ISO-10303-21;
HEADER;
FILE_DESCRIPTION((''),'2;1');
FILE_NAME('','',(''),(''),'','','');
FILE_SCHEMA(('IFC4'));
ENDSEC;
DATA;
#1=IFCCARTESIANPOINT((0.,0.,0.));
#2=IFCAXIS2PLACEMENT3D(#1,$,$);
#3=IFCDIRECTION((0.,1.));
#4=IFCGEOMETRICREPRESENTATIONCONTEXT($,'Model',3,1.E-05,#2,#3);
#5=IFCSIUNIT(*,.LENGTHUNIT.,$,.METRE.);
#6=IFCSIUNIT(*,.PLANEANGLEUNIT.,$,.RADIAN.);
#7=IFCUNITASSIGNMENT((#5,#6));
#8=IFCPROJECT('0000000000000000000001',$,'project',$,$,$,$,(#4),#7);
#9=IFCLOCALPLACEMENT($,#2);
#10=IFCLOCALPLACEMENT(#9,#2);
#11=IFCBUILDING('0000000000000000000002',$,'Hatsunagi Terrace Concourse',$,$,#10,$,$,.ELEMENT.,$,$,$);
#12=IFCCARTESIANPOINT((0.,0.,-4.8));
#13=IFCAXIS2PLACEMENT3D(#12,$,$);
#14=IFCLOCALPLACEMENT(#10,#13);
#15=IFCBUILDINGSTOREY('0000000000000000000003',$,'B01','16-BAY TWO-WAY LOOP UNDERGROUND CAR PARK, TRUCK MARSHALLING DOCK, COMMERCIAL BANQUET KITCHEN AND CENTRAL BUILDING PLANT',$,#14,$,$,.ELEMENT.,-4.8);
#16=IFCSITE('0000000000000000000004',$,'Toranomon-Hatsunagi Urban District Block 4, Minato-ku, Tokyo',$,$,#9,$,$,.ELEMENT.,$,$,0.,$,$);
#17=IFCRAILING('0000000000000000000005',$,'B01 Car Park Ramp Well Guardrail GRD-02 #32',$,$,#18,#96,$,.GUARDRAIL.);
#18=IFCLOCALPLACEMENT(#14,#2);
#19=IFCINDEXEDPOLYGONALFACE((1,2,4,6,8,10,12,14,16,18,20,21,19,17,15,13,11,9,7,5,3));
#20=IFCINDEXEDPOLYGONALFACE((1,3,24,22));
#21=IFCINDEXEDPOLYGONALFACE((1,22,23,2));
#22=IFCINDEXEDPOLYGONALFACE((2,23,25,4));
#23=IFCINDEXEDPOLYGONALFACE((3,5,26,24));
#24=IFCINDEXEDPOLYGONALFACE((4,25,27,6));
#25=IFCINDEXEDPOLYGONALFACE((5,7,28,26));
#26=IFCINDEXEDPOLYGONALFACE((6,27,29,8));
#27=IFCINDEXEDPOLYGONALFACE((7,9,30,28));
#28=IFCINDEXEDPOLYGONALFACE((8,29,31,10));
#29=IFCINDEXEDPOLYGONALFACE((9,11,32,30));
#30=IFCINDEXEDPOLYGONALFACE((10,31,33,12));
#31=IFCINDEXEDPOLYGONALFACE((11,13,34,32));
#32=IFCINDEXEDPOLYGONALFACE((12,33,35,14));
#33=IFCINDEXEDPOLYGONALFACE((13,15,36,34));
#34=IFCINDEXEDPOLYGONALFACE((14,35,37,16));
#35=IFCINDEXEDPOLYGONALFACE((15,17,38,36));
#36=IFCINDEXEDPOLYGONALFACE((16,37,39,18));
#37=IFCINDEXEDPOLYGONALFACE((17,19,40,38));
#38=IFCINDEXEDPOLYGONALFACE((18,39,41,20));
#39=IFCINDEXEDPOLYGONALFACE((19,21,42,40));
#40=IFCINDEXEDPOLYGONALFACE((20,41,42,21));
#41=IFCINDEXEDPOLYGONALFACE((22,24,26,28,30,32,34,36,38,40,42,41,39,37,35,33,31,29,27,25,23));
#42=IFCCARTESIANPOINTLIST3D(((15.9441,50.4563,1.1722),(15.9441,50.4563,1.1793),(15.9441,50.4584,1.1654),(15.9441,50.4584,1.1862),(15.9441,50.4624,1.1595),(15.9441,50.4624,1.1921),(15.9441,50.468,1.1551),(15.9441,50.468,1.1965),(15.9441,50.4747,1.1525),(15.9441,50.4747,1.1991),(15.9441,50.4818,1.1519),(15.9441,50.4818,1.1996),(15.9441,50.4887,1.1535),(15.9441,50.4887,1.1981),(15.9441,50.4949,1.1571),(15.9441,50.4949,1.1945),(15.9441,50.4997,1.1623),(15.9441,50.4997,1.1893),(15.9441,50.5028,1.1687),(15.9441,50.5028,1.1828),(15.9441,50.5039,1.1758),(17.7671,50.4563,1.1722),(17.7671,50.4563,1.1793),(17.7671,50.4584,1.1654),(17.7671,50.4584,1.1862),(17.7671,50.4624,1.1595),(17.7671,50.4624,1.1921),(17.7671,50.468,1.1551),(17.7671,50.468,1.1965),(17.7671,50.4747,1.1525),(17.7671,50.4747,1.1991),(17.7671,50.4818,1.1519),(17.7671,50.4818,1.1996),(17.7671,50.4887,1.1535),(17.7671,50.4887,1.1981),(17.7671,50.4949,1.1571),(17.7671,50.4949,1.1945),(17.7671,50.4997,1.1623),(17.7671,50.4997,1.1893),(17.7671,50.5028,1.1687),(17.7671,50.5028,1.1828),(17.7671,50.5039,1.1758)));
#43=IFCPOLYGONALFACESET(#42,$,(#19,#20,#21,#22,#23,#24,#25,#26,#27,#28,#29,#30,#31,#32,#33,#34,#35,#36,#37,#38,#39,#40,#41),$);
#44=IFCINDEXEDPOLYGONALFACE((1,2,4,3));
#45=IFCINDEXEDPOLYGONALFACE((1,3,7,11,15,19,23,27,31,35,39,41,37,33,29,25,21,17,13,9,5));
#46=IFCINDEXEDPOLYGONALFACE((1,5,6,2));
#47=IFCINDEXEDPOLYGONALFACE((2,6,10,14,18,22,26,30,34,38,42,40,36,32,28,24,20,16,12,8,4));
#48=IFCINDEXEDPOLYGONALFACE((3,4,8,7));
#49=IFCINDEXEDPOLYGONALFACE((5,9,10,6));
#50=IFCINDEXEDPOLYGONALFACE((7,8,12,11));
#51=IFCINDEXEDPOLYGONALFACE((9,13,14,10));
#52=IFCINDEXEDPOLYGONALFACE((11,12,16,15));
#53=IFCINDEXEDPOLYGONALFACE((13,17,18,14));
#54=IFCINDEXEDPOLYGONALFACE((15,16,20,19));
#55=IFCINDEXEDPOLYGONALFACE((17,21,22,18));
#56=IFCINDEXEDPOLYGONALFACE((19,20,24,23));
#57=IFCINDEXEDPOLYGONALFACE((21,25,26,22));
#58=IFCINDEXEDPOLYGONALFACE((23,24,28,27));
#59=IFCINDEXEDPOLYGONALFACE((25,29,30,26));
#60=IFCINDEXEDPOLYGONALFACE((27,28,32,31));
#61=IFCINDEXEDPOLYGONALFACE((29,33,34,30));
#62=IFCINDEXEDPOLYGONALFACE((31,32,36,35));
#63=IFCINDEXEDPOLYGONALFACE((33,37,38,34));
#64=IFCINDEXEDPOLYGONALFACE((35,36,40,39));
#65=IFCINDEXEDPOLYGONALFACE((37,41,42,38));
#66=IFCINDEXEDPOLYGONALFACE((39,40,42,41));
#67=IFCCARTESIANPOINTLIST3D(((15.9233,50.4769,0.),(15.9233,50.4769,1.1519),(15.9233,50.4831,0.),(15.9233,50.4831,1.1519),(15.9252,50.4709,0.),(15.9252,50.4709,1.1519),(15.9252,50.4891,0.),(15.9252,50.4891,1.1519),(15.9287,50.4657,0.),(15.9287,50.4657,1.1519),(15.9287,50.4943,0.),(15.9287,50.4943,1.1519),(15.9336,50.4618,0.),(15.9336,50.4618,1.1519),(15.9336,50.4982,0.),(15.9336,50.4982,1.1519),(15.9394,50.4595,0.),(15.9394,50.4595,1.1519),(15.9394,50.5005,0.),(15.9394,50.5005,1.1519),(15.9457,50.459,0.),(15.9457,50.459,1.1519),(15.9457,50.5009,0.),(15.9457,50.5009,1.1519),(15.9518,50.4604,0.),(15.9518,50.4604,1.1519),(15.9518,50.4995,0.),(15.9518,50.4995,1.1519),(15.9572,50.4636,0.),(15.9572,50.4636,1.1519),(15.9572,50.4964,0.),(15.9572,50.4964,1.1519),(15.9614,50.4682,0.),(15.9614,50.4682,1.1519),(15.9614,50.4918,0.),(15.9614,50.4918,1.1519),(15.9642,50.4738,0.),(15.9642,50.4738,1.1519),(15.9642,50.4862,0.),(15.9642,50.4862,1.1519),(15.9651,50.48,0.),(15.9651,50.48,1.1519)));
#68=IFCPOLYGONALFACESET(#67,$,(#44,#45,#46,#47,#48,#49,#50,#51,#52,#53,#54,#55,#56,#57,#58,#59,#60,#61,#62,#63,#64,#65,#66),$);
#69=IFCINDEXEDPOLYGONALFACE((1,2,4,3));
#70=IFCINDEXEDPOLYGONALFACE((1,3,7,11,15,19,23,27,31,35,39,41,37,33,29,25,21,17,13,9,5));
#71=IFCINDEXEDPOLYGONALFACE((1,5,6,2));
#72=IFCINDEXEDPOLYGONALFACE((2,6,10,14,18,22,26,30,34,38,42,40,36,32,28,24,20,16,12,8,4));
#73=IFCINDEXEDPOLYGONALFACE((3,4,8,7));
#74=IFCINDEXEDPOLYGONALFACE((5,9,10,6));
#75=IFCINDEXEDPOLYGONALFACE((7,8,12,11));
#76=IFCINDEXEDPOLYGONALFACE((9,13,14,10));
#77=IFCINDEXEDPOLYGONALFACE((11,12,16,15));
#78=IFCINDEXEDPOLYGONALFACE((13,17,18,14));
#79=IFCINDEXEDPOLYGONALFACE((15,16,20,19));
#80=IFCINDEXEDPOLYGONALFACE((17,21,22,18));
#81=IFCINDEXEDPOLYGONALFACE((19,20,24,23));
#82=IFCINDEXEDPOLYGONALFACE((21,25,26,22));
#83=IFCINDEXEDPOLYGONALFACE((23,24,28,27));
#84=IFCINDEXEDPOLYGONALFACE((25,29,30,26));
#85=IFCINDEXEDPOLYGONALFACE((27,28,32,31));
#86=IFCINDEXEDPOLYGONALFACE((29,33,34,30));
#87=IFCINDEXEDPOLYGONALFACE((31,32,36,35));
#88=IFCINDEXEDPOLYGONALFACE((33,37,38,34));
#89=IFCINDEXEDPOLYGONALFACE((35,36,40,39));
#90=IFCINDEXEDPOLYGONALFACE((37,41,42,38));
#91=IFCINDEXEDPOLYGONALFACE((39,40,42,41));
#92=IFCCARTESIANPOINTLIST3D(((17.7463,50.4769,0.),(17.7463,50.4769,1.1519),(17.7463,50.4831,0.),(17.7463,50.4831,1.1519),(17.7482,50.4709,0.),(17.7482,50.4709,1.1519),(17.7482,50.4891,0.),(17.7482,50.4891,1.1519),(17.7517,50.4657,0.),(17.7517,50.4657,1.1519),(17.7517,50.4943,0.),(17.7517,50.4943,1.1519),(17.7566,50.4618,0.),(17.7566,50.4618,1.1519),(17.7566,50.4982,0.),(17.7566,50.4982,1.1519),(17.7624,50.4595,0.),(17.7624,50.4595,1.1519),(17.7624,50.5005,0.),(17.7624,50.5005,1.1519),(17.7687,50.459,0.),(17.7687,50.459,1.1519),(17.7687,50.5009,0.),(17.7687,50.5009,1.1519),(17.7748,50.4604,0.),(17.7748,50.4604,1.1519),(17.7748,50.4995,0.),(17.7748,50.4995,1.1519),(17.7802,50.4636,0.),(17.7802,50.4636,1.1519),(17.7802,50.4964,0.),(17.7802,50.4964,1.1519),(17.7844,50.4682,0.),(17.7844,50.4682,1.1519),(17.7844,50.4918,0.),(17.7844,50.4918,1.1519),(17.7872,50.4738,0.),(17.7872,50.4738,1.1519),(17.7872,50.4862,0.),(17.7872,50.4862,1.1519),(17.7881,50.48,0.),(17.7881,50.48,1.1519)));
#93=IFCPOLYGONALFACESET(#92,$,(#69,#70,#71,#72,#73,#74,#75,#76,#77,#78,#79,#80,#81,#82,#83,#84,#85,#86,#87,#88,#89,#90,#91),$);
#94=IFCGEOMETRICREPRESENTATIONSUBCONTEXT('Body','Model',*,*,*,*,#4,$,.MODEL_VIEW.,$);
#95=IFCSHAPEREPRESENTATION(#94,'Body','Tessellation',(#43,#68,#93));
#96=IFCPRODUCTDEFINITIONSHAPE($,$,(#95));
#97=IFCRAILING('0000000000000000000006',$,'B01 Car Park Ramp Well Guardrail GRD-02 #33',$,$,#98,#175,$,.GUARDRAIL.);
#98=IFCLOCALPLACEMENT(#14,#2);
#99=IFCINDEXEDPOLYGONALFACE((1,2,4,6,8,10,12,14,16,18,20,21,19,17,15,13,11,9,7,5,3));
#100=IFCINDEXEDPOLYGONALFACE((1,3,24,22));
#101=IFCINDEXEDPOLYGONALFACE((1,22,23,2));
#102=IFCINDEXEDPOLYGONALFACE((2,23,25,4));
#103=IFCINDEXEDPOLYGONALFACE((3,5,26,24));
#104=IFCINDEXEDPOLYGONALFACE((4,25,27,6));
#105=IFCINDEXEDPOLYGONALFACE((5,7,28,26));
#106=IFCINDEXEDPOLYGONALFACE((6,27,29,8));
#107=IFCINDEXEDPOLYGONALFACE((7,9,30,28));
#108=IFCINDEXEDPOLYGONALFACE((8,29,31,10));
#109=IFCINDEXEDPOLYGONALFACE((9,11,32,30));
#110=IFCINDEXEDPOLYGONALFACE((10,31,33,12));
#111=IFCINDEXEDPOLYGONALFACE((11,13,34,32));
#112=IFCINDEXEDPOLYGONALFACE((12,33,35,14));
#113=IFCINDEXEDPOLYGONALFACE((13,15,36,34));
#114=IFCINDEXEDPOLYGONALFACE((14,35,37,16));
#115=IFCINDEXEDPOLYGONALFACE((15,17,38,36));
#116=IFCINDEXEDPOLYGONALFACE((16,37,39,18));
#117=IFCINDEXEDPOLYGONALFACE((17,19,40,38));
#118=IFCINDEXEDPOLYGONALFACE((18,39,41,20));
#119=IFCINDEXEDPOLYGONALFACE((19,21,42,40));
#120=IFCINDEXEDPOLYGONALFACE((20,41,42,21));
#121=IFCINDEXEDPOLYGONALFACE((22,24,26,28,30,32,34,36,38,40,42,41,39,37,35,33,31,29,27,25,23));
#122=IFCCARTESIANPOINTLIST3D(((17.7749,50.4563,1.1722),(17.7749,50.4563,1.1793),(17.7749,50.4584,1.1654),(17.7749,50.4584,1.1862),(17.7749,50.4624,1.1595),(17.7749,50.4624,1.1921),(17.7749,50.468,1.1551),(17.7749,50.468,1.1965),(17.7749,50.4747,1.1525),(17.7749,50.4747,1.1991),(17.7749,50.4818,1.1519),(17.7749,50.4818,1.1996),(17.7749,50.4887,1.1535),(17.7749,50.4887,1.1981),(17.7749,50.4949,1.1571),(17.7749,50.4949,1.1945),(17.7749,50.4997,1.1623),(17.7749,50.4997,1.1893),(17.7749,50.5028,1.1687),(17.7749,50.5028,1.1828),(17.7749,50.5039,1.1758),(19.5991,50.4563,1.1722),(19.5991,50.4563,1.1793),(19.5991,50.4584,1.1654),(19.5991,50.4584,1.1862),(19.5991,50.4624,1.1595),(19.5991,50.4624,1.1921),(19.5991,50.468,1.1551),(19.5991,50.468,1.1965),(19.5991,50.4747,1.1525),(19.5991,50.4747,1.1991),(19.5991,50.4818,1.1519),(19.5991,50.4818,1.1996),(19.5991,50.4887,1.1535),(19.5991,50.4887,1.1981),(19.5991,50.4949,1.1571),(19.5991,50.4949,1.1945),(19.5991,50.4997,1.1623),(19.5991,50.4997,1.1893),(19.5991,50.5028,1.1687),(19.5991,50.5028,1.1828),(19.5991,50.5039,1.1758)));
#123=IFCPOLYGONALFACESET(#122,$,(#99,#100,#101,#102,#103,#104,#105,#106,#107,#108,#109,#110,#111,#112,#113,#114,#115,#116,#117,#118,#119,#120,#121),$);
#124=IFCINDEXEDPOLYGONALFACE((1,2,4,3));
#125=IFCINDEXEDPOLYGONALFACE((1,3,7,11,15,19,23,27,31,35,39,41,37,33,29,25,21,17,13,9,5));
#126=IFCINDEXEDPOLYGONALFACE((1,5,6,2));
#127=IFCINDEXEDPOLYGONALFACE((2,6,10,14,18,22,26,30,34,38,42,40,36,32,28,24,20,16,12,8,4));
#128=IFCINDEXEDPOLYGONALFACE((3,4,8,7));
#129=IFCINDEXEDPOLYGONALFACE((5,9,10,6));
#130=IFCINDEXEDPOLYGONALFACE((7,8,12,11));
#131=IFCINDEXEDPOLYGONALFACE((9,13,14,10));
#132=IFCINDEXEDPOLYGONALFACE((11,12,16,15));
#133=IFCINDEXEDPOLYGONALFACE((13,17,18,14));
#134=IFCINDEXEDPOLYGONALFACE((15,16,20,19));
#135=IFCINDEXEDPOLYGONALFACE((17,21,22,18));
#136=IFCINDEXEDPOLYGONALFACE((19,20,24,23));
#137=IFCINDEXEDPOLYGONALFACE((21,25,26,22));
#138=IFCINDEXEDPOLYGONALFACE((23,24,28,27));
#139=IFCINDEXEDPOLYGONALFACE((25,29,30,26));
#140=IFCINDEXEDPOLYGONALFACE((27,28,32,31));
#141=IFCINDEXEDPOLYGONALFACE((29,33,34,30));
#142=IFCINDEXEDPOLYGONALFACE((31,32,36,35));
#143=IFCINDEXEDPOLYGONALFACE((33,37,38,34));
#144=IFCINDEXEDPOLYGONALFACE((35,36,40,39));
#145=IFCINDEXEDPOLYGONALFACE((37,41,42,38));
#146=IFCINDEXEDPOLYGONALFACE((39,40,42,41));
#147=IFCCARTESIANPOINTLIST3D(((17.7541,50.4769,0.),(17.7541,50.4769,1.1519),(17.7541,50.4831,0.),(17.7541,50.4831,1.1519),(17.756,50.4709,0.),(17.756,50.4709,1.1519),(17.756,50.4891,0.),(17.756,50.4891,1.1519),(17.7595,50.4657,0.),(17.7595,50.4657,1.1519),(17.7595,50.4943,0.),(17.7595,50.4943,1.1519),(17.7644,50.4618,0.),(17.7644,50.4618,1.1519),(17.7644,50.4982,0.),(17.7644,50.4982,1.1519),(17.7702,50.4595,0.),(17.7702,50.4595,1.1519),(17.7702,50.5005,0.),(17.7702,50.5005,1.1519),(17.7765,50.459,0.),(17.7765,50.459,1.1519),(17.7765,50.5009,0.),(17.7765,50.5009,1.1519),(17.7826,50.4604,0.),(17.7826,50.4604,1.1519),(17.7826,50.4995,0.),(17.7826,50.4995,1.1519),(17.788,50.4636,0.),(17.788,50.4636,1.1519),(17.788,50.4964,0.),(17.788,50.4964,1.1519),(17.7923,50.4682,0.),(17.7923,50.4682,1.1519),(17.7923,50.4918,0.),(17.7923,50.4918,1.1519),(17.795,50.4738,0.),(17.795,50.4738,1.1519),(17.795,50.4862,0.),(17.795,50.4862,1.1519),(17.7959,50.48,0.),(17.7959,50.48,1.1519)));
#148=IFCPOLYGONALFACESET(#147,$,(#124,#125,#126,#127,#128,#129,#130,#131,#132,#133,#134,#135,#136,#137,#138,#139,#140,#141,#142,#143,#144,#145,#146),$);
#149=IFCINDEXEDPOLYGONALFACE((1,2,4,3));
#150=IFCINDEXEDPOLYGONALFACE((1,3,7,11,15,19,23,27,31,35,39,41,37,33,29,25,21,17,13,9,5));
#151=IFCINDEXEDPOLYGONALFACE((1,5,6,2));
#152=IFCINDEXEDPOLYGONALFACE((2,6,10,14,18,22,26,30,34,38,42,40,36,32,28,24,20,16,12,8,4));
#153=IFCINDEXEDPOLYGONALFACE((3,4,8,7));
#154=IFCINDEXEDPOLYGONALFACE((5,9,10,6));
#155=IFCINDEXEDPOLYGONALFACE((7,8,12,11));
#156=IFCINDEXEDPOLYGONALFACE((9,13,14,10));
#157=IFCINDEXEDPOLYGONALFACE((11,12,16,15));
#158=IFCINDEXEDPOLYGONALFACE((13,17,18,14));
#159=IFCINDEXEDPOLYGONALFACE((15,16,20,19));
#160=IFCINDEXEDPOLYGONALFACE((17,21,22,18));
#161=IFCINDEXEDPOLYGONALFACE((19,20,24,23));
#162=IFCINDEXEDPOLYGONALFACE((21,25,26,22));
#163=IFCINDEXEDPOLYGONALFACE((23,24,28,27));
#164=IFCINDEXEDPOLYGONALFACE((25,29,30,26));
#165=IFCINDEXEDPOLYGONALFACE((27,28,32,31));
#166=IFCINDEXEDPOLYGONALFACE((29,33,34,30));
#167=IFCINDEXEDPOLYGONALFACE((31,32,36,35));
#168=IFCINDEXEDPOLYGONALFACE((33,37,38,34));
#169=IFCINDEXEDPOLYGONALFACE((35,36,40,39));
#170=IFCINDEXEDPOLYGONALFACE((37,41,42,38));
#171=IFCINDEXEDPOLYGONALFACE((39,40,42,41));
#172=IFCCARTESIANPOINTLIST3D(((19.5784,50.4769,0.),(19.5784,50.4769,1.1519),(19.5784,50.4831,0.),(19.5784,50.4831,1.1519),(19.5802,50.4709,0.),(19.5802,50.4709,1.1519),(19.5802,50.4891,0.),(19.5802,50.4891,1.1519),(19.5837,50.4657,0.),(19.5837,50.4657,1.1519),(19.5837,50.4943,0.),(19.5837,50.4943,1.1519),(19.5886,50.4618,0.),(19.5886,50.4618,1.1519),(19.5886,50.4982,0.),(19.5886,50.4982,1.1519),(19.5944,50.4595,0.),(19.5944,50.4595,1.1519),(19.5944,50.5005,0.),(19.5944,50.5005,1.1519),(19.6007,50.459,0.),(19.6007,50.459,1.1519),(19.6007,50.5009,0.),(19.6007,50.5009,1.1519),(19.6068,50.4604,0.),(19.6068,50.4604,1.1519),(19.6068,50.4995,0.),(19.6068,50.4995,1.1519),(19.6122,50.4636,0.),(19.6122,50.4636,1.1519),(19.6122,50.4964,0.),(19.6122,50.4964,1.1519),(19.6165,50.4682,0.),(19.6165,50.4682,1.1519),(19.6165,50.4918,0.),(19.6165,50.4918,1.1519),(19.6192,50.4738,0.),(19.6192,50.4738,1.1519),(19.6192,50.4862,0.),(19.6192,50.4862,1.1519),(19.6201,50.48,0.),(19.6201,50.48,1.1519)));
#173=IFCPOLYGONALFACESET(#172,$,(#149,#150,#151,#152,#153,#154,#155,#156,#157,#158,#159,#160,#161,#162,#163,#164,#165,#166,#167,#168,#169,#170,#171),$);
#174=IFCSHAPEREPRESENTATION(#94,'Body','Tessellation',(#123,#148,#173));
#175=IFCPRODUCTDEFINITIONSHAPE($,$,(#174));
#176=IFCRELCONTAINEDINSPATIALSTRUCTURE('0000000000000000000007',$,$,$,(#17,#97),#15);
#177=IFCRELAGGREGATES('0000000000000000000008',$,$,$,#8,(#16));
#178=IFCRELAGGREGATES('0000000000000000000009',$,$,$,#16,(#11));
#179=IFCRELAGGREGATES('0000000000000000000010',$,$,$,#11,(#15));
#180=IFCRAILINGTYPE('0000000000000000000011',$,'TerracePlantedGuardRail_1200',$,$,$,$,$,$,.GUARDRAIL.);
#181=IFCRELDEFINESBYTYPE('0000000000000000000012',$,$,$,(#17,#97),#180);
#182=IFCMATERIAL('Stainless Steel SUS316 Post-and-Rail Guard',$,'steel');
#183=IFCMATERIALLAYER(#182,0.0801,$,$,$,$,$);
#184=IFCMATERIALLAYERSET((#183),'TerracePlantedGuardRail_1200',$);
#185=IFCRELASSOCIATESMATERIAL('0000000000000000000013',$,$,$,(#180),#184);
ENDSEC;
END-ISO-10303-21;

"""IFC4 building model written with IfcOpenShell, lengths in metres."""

from ifc_helpers import new_model, si_unit, direction, frame, origin, origin_2d, place, context, subcontext, project, spatial, circle, extrude, material, layer, layer_set, type_object, element, save


model = new_model("IFC4")

# Units and contexts
model_context = context("Model", 3, precision=1e-05, world=origin(), true_north=direction((0.0, 1.0)))
body_context = subcontext(model_context, "Body", "Model", "MODEL_VIEW")
ifc_project = project(units=[si_unit("LENGTHUNIT", "METRE"), si_unit("PLANEANGLEUNIT", "RADIAN")], contexts=[model_context])

# Site, building, storey
site_placement = place(None, origin())
site = spatial("IfcSite", under=ifc_project, at=site_placement, Name="Toranomon-Hatsunagi Urban District Block 4, Minato-ku, Tokyo", CompositionType="ELEMENT", RefElevation=0.0)
building_placement = place(site_placement, origin())
building = spatial("IfcBuilding", under=site, at=building_placement, Name="Hatsunagi Terrace Concourse", CompositionType="ELEMENT")
storey_placement = place(building_placement, frame((0.0, 0.0, -4.8)))
storey = spatial("IfcBuildingStorey", under=building, at=storey_placement, Name="B01", Description="16-BAY TWO-WAY LOOP UNDERGROUND CAR PARK, TRUCK MARSHALLING DOCK, COMMERCIAL BANQUET KITCHEN AND CENTRAL BUILDING PLANT", CompositionType="ELEMENT", Elevation=-4.8)

# Railings
ifc_material_1 = material(Name="Stainless Steel SUS316 Post-and-Rail Guard", Category="steel")
ifc_layer_1 = layer(ifc_material_1, 0.0801)
ifc_layer_set_1 = layer_set([ifc_layer_1], Name="TerracePlantedGuardRail_1200")
railing_type = type_object("IfcRailingType", Name="TerracePlantedGuardRail_1200", PredefinedType="GUARDRAIL", material=ifc_layer_set_1)
railing_1_placement = place(storey_placement, frame((15.9441, 50.48, 0.0)))
element("IfcRailing", 1, at=railing_1_placement, inside=storey, type_object=railing_type, Name="B01 Car Park Ramp Well Guardrail GRD-02 #32", PredefinedType="GUARDRAIL", context=body_context, shape_type="SweptSolid", body=[
    extrude(circle(Radius=0.0239, at=origin_2d()), frame((0.0, 0.0, 1.1758), z_axis=(1.0, 0.0, 0.0), x_axis=(0.0, 1.0, 0.0)), (0.0, 0.0, 1.0), 1.823),
    extrude(circle(Radius=0.021, at=origin_2d()), origin(), (0.0, 0.0, 1.0), 1.1519),
    extrude(circle(Radius=0.021, at=origin_2d()), frame((1.823, 0.0, 0.0)), (0.0, 0.0, 1.0), 1.1519),
])
railing_2_placement = place(storey_placement, frame((17.7749, 50.48, 0.0)))
element("IfcRailing", 2, at=railing_2_placement, inside=storey, type_object=railing_type, Name="B01 Car Park Ramp Well Guardrail GRD-02 #33", PredefinedType="GUARDRAIL", context=body_context, shape_type="SweptSolid", body=[
    extrude(circle(Radius=0.0239, at=origin_2d()), frame((0.0, 0.0, 1.1758), z_axis=(1.0, 0.0, 0.0), x_axis=(0.0, 1.0, 0.0)), (0.0, 0.0, 1.0), 1.8242),
    extrude(circle(Radius=0.021, at=origin_2d()), origin(), (0.0, 0.0, 1.0), 1.1519),
    extrude(circle(Radius=0.021, at=origin_2d()), frame((1.8242, 0.0, 0.0)), (0.0, 0.0, 1.0), 1.1519),
])

save(model, "model.ifc")
